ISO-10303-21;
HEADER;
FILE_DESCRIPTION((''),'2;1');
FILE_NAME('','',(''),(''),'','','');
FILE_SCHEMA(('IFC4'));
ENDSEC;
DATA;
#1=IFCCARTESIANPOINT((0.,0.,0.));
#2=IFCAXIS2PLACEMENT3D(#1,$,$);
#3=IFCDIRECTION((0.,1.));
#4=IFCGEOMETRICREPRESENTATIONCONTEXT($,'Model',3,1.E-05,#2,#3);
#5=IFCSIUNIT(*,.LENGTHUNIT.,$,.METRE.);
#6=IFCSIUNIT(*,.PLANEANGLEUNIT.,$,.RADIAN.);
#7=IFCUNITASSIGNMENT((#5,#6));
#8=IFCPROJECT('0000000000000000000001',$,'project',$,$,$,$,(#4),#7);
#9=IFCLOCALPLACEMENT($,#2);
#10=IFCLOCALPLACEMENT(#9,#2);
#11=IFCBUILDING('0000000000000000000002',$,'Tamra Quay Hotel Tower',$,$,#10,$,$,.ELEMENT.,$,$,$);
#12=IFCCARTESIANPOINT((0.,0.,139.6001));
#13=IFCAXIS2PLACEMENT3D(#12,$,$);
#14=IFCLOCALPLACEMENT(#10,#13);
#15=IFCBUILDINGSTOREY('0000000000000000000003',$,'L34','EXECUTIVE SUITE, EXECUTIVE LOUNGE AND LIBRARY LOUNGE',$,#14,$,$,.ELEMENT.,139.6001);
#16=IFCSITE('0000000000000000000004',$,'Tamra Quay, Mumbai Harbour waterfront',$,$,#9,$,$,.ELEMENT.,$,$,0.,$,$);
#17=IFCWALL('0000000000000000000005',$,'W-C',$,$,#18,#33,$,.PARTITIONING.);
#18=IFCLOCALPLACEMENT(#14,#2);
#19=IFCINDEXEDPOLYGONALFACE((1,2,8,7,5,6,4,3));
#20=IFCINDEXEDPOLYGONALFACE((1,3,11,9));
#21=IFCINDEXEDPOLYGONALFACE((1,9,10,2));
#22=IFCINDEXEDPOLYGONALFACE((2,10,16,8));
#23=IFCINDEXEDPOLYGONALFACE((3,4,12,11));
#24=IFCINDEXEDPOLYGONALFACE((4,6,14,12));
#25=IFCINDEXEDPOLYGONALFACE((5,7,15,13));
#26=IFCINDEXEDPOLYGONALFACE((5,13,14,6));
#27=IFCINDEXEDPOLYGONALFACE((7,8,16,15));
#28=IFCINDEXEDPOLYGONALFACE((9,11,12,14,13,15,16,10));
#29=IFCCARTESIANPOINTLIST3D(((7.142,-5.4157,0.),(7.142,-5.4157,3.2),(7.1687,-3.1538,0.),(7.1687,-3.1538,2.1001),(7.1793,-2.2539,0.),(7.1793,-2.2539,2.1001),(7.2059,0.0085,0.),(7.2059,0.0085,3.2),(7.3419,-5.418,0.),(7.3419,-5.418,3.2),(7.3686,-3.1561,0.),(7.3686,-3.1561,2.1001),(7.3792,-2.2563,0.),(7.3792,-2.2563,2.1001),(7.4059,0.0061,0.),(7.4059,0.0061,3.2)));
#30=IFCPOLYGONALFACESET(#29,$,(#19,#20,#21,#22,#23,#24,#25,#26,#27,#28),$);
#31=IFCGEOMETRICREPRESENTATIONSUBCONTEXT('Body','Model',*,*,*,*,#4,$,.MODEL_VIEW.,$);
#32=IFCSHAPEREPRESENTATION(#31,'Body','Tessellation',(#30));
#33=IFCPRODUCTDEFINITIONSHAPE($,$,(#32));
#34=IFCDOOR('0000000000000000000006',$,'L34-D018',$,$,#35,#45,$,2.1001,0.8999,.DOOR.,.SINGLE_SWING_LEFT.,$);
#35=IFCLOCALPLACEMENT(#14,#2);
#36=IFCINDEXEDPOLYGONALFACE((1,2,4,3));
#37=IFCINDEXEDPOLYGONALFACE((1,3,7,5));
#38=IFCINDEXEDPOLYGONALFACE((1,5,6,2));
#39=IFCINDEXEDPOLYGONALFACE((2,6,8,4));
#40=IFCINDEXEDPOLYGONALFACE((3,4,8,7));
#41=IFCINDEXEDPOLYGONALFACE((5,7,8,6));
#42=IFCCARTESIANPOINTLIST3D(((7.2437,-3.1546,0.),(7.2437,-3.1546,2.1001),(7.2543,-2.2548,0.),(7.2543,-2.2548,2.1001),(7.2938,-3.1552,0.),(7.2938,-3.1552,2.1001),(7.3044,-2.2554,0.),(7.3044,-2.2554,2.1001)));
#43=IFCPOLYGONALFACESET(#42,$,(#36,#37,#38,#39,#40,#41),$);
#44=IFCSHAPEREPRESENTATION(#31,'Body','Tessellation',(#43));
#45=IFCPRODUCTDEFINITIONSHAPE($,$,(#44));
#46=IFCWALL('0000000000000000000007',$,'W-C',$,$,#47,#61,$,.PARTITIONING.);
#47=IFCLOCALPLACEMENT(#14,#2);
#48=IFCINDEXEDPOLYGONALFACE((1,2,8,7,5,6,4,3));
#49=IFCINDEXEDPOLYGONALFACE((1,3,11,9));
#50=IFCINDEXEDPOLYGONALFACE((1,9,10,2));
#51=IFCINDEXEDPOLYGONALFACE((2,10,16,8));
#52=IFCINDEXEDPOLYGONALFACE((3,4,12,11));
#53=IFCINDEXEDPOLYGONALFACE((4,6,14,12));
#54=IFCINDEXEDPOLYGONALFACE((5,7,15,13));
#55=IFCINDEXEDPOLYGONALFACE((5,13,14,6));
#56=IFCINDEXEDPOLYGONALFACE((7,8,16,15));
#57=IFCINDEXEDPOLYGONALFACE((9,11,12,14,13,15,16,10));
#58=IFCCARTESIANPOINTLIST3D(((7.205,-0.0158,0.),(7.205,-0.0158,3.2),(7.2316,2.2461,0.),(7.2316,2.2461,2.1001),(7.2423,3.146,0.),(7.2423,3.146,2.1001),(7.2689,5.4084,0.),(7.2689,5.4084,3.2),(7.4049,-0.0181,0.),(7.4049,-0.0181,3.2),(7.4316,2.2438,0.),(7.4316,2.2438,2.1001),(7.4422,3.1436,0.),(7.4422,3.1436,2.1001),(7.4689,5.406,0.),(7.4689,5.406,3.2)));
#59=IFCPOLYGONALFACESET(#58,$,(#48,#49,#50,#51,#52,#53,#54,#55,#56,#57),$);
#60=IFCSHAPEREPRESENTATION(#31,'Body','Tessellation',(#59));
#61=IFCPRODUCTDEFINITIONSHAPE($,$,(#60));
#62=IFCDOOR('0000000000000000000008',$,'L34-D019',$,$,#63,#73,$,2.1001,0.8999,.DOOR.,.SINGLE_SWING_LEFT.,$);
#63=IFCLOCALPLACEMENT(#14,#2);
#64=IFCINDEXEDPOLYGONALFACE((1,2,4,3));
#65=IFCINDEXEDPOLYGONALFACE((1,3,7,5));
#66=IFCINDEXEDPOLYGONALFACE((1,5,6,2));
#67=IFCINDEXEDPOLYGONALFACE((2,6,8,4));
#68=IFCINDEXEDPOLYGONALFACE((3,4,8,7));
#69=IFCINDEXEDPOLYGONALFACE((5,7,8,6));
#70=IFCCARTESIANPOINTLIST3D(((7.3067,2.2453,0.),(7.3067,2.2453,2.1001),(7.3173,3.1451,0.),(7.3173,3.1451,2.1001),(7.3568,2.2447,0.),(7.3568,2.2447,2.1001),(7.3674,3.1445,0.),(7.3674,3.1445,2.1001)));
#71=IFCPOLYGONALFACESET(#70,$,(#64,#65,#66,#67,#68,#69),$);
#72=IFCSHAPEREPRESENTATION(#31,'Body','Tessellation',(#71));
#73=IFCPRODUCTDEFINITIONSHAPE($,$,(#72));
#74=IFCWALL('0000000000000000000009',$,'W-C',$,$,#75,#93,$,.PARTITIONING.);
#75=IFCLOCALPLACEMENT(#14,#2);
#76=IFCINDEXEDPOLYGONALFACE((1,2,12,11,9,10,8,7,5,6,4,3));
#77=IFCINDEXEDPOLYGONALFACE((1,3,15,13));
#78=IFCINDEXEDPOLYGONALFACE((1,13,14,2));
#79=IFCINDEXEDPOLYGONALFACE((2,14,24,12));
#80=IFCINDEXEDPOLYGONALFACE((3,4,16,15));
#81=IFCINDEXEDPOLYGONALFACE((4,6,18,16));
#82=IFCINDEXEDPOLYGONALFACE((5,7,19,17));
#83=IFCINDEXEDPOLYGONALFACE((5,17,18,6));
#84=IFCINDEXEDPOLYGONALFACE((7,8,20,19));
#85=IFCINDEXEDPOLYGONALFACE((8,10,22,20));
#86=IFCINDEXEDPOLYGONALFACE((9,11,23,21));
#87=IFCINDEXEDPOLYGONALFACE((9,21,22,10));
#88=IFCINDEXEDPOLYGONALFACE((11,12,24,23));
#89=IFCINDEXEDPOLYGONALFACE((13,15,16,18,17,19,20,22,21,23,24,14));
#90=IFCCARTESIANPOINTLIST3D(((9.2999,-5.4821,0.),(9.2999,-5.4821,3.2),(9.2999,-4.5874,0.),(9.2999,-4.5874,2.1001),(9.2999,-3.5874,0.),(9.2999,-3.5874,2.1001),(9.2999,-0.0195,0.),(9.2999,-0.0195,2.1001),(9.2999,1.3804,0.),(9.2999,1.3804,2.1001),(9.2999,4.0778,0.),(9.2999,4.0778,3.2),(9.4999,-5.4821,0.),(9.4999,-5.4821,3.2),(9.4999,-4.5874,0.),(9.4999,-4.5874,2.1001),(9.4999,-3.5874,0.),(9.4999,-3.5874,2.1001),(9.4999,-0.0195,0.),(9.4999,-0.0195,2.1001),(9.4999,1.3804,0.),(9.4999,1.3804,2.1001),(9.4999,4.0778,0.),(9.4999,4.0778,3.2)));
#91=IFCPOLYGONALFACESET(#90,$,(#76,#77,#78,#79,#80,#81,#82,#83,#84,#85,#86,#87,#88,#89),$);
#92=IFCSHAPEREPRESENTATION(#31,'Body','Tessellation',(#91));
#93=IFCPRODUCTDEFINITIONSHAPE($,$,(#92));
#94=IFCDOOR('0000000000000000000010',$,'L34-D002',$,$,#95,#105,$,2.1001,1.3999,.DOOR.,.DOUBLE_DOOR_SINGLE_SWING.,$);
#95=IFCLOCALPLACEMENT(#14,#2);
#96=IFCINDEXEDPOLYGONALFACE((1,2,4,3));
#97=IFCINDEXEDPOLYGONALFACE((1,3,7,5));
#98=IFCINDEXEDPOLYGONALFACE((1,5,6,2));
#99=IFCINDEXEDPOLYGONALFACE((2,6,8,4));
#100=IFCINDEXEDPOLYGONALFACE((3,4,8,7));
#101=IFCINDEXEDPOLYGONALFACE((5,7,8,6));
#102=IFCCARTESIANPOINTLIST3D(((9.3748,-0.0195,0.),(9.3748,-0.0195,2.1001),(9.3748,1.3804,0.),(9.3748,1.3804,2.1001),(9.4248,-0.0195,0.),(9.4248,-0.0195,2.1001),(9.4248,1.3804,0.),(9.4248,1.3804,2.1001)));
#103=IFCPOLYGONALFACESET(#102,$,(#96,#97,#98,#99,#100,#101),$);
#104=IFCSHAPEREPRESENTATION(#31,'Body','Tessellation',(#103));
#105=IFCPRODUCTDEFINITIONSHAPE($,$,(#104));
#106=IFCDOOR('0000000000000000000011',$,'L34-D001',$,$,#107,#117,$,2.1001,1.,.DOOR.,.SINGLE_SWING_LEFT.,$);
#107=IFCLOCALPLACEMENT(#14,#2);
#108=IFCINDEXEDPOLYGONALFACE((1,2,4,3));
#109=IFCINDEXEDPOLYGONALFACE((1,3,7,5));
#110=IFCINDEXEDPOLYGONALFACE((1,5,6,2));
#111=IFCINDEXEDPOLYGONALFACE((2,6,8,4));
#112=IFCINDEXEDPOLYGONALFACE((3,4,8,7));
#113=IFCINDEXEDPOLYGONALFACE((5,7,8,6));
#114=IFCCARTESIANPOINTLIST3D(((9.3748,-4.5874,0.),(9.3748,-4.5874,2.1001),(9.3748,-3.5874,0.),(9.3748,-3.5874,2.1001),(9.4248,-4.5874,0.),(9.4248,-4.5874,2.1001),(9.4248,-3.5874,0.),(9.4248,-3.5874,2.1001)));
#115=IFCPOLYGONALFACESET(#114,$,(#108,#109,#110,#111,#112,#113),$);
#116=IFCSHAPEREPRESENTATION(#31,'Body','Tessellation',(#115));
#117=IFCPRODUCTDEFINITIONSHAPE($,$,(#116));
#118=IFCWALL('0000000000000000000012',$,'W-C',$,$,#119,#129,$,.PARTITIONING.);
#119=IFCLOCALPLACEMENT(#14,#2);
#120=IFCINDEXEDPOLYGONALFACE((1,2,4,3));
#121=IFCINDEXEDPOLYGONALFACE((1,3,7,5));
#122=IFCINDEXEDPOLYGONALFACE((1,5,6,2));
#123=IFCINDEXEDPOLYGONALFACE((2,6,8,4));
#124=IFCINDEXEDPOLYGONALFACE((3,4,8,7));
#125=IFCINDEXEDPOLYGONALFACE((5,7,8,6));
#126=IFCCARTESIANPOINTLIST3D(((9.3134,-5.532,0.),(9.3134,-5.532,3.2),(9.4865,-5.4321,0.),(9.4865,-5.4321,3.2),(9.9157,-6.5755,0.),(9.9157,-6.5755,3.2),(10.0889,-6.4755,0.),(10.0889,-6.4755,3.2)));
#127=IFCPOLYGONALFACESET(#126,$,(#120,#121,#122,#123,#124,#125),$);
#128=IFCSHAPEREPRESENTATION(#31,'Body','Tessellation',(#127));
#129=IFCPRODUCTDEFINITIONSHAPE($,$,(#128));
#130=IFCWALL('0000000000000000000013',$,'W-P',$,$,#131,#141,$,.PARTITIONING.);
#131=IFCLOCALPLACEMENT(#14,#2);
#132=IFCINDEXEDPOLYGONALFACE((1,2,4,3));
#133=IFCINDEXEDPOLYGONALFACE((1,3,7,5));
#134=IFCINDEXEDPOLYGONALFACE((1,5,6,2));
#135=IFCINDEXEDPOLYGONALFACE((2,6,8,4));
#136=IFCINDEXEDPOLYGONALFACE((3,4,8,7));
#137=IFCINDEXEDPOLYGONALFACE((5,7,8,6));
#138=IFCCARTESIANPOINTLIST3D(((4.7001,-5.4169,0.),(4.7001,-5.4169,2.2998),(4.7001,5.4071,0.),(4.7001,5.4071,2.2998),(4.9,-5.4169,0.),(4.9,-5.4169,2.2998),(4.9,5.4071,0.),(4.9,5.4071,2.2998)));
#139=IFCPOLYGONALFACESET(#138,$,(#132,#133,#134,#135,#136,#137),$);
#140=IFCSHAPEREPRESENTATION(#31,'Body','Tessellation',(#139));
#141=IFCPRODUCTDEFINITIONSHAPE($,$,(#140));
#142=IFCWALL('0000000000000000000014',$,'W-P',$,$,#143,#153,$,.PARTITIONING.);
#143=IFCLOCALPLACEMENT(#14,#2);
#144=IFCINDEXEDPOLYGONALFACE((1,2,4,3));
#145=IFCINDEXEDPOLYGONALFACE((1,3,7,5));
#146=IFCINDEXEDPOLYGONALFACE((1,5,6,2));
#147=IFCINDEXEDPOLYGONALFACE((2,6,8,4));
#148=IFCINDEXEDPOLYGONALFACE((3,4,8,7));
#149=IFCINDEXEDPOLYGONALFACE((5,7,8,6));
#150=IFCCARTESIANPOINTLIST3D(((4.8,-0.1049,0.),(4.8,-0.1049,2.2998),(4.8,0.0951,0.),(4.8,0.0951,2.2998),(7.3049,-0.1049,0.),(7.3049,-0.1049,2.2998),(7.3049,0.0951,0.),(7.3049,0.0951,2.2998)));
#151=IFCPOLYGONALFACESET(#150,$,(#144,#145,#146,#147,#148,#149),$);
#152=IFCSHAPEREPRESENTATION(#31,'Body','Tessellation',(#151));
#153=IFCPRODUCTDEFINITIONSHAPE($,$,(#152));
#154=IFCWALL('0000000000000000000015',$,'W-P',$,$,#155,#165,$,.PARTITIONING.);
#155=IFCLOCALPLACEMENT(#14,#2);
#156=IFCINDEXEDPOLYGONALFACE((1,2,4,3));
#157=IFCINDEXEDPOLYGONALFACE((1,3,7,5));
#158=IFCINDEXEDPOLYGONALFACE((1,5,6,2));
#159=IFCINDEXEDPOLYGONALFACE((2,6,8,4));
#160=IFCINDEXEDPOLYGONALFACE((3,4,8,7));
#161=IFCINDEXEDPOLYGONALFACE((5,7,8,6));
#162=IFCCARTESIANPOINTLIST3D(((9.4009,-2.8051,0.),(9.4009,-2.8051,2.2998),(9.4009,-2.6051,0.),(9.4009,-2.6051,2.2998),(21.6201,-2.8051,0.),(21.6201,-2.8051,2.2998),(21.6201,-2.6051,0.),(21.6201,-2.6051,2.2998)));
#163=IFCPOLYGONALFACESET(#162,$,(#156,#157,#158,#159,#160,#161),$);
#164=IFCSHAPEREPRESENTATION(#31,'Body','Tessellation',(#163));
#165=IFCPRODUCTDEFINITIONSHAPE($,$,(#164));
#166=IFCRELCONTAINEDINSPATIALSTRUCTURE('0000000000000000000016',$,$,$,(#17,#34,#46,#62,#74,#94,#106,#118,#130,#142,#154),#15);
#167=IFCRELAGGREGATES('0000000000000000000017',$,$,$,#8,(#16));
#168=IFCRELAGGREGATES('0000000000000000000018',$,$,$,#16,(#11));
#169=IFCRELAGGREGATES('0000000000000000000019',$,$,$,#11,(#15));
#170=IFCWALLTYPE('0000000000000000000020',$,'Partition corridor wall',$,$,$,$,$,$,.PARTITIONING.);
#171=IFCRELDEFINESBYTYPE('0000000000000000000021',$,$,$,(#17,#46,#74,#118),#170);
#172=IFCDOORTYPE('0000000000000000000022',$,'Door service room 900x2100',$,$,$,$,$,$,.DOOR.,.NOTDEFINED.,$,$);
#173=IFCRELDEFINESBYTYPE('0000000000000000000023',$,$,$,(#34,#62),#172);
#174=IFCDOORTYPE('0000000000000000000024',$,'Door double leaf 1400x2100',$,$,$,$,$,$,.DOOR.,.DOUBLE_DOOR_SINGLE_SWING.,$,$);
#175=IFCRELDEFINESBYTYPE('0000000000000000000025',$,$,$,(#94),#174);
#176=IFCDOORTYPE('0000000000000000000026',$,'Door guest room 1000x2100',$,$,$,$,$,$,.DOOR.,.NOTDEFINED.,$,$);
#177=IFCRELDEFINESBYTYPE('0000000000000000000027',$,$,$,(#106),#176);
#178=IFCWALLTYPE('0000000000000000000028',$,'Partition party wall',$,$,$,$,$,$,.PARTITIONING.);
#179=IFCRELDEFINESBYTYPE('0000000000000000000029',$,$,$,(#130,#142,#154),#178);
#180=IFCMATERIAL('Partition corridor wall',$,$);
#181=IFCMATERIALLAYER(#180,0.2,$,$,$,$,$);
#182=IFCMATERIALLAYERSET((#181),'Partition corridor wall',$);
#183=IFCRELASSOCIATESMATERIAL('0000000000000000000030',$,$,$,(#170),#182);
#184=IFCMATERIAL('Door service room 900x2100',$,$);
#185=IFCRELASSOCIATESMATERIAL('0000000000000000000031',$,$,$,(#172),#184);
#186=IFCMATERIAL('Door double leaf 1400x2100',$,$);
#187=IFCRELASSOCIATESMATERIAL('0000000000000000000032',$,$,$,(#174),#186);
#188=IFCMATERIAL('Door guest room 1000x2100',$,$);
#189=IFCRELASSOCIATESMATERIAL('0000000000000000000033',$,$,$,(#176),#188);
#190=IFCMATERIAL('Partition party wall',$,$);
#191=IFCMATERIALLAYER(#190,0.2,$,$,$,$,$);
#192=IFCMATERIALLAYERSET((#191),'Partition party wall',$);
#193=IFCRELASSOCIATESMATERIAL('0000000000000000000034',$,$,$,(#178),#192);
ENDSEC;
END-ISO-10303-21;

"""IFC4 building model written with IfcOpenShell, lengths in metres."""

from ifc_helpers import new_model, si_unit, direction, frame, frame_2d, origin, place, context, subcontext, project, spatial, rectangle, extrude, material, layer, layer_set, type_object, element, fill, save


model = new_model("IFC4")

# Units and contexts
model_context = context("Model", 3, precision=1e-05, world=origin(), true_north=direction((0.0, 1.0)))
body_context = subcontext(model_context, "Body", "Model", "MODEL_VIEW")
ifc_project = project(units=[si_unit("LENGTHUNIT", "METRE"), si_unit("PLANEANGLEUNIT", "RADIAN")], contexts=[model_context])

# Site, building, storey
site_placement = place(None, origin())
site = spatial("IfcSite", under=ifc_project, at=site_placement, Name="Tamra Quay, Mumbai Harbour waterfront", CompositionType="ELEMENT", RefElevation=0.0)
building_placement = place(site_placement, origin())
building = spatial("IfcBuilding", under=site, at=building_placement, Name="Tamra Quay Hotel Tower", CompositionType="ELEMENT")
storey_placement = place(building_placement, frame((0.0, 0.0, 139.6001)))
storey = spatial("IfcBuildingStorey", under=building, at=storey_placement, Name="L34", Description="EXECUTIVE SUITE, EXECUTIVE LOUNGE AND LIBRARY LOUNGE", CompositionType="ELEMENT", Elevation=139.6001)

# Walls, openings, doors
ifc_material_1 = material(Name="Partition corridor wall")
ifc_layer_1 = layer(ifc_material_1, 0.2)
ifc_layer_set_1 = layer_set([ifc_layer_1], Name="Partition corridor wall")
wall_type_1 = type_object("IfcWallType", Name="Partition corridor wall", PredefinedType="PARTITIONING", material=ifc_layer_set_1)
wall_1_placement = place(storey_placement, frame((7.2419, -5.417, 0.0), z_axis=(0.0, 0.0, 1.0), x_axis=(0.011792, 0.99993, 0.0)))
wall_1 = element("IfcWall", 1, at=wall_1_placement, inside=storey, type_object=wall_type_1, Name="W-C", PredefinedType="PARTITIONING", context=body_context, shape_type="SweptSolid", body=[
    extrude(rectangle(XDim=5.4246, YDim=0.2, at=frame_2d((2.7124, 0.0))), origin(), (0.0, 0.0, 1.0), 3.2),
])
opening_1_placement = place(wall_1_placement, frame((2.2622, 0.0, 0.0)))
opening_1 = element("IfcOpeningElement", 2, at=opening_1_placement, cuts=wall_1, PredefinedType="OPENING", context=body_context, shape_type="SweptSolid", body=[
    extrude(rectangle(XDim=0.8999, YDim=2.1001, at=frame_2d((0.45, 1.05))), frame((0.0, 0.1099, 0.0), z_axis=(0.0, -1.0, 0.0), x_axis=(1.0, 0.0, 0.0)), (0.0, 0.0, 1.0), 0.22),
])
ifc_material_2 = material(Name="Door service room 900x2100")
door_type_1 = type_object("IfcDoorType", Name="Door service room 900x2100", OperationType="NOTDEFINED", PredefinedType="DOOR", material=ifc_material_2)
door_1_placement = place(opening_1_placement, origin())
door_1 = element("IfcDoor", 3, at=door_1_placement, inside=storey, type_object=door_type_1, Name="L34-D018", OperationType="SINGLE_SWING_LEFT", OverallHeight=2.1001, OverallWidth=0.8999, PredefinedType="DOOR", context=body_context, shape_type="SweptSolid", body=[
    extrude(rectangle(XDim=0.8999, YDim=2.1001, at=frame_2d((0.45, 1.05))), frame((0.0, 0.0249, 0.0), z_axis=(0.0, -1.0, 0.0), x_axis=(1.0, 0.0, 0.0)), (0.0, 0.0, 1.0), 0.05),
])
fill(opening_1, door_1)
wall_2_placement = place(storey_placement, frame((7.3049, -0.0171, 0.0), z_axis=(0.0, 0.0, 1.0), x_axis=(0.011792, 0.99993, 0.0)))
wall_2 = element("IfcWall", 4, at=wall_2_placement, inside=storey, type_object=wall_type_1, Name="W-C", PredefinedType="PARTITIONING", context=body_context, shape_type="SweptSolid", body=[
    extrude(rectangle(XDim=5.4246, YDim=0.2, at=frame_2d((2.7124, 0.0))), origin(), (0.0, 0.0, 1.0), 3.2),
])
opening_2_placement = place(wall_2_placement, frame((2.2622, 0.0, 0.0)))
opening_2 = element("IfcOpeningElement", 5, at=opening_2_placement, cuts=wall_2, PredefinedType="OPENING", context=body_context, shape_type="SweptSolid", body=[
    extrude(rectangle(XDim=0.8999, YDim=2.1001, at=frame_2d((0.45, 1.05))), frame((0.0, 0.1099, 0.0), z_axis=(0.0, -1.0, 0.0), x_axis=(1.0, 0.0, 0.0)), (0.0, 0.0, 1.0), 0.22),
])
door_2_placement = place(opening_2_placement, origin())
door_2 = element("IfcDoor", 6, at=door_2_placement, inside=storey, type_object=door_type_1, Name="L34-D019", OperationType="SINGLE_SWING_LEFT", OverallHeight=2.1001, OverallWidth=0.8999, PredefinedType="DOOR", context=body_context, shape_type="SweptSolid", body=[
    extrude(rectangle(XDim=0.8999, YDim=2.1001, at=frame_2d((0.45, 1.05))), frame((0.0, 0.0249, 0.0), z_axis=(0.0, -1.0, 0.0), x_axis=(1.0, 0.0, 0.0)), (0.0, 0.0, 1.0), 0.05),
])
fill(opening_2, door_2)

# Wall, openings, doors
wall_3_placement = place(storey_placement, frame((9.3999, -5.4819, 0.0), z_axis=(0.0, 0.0, 1.0), x_axis=(0.0, 1.0, 0.0)))
wall_3 = element("IfcWall", 7, at=wall_3_placement, inside=storey, type_object=wall_type_1, Name="W-C", PredefinedType="PARTITIONING", context=body_context, shape_type="SweptSolid", body=[
    extrude(rectangle(XDim=9.5598, YDim=0.2, at=frame_2d((4.7798, 0.0))), origin(), (0.0, 0.0, 1.0), 3.2),
])
opening_3_placement = place(wall_3_placement, frame((0.8945, 0.0, 0.0)))
opening_3 = element("IfcOpeningElement", 8, at=opening_3_placement, cuts=wall_3, PredefinedType="OPENING", context=body_context, shape_type="SweptSolid", body=[
    extrude(rectangle(XDim=1.0, YDim=2.1001, at=frame_2d((0.5, 1.05))), frame((0.0, 0.1099, 0.0), z_axis=(0.0, -1.0, 0.0), x_axis=(1.0, 0.0, 0.0)), (0.0, 0.0, 1.0), 0.22),
])
opening_4_placement = place(wall_3_placement, frame((5.4624, 0.0, 0.0)))
opening_4 = element("IfcOpeningElement", 9, at=opening_4_placement, cuts=wall_3, PredefinedType="OPENING", context=body_context, shape_type="SweptSolid", body=[
    extrude(rectangle(XDim=1.3999, YDim=2.1001, at=frame_2d((0.7, 1.05))), frame((0.0, 0.1099, 0.0), z_axis=(0.0, -1.0, 0.0), x_axis=(1.0, 0.0, 0.0)), (0.0, 0.0, 1.0), 0.22),
])
ifc_material_3 = material(Name="Door double leaf 1400x2100")
door_type_2 = type_object("IfcDoorType", Name="Door double leaf 1400x2100", OperationType="DOUBLE_DOOR_SINGLE_SWING", PredefinedType="DOOR", material=ifc_material_3)
door_3_placement = place(opening_4_placement, frame((1.3999, 0.0, 0.0), z_axis=(0.0, 0.0, 1.0), x_axis=(-1.0, 0.0, 0.0)))
door_3 = element("IfcDoor", 10, at=door_3_placement, inside=storey, type_object=door_type_2, Name="L34-D002", OperationType="DOUBLE_DOOR_SINGLE_SWING", OverallHeight=2.1001, OverallWidth=1.3999, PredefinedType="DOOR", context=body_context, shape_type="SweptSolid", body=[
    extrude(rectangle(XDim=1.3999, YDim=2.1001, at=frame_2d((0.7, 1.05))), frame((0.0, 0.0249, 0.0), z_axis=(0.0, -1.0, 0.0), x_axis=(1.0, 0.0, 0.0)), (0.0, 0.0, 1.0), 0.05),
])
fill(opening_4, door_3)
ifc_material_4 = material(Name="Door guest room 1000x2100")
door_type_3 = type_object("IfcDoorType", Name="Door guest room 1000x2100", OperationType="NOTDEFINED", PredefinedType="DOOR", material=ifc_material_4)
door_4_placement = place(opening_3_placement, frame((1.0, 0.0, 0.0), z_axis=(0.0, 0.0, 1.0), x_axis=(-1.0, 0.0, 0.0)))
door_4 = element("IfcDoor", 11, at=door_4_placement, inside=storey, type_object=door_type_3, Name="L34-D001", OperationType="SINGLE_SWING_LEFT", OverallHeight=2.1001, OverallWidth=1.0, PredefinedType="DOOR", context=body_context, shape_type="SweptSolid", body=[
    extrude(rectangle(XDim=1.0, YDim=2.1001, at=frame_2d((0.5, 1.05))), frame((0.0, 0.0249, 0.0), z_axis=(0.0, -1.0, 0.0), x_axis=(1.0, 0.0, 0.0)), (0.0, 0.0, 1.0), 0.05),
])
fill(opening_3, door_4)

# Walls
wall_4_placement = place(storey_placement, frame((9.3999, -5.4819, 0.0), z_axis=(0.0, 0.0, 1.0), x_axis=(0.49991, -0.866078, 0.0)))
element("IfcWall", 12, at=wall_4_placement, inside=storey, type_object=wall_type_1, Name="W-C", PredefinedType="PARTITIONING", context=body_context, shape_type="SweptSolid", body=[
    extrude(rectangle(XDim=1.2048, YDim=0.2, at=frame_2d((0.6025, 0.0))), origin(), (0.0, 0.0, 1.0), 3.2),
])
ifc_material_5 = material(Name="Partition party wall")
ifc_layer_2 = layer(ifc_material_5, 0.2)
ifc_layer_set_2 = layer_set([ifc_layer_2], Name="Partition party wall")
wall_type_2 = type_object("IfcWallType", Name="Partition party wall", PredefinedType="PARTITIONING", material=ifc_layer_set_2)
wall_5_placement = place(storey_placement, frame((4.8, -5.417, 0.0), z_axis=(0.0, 0.0, 1.0), x_axis=(0.0, 1.0, 0.0)))
element("IfcWall", 13, at=wall_5_placement, inside=storey, type_object=wall_type_2, Name="W-P", PredefinedType="PARTITIONING", context=body_context, shape_type="SweptSolid", body=[
    extrude(rectangle(XDim=10.824, YDim=0.2, at=frame_2d((5.4121, 0.0))), origin(), (0.0, 0.0, 1.0), 2.2998),
])
wall_6_placement = place(storey_placement, frame((4.8, -0.0049, 0.0), z_axis=(0.0, 0.0, 1.0), x_axis=(1.0, 0.0, 0.0)))
element("IfcWall", 14, at=wall_6_placement, inside=storey, type_object=wall_type_2, Name="W-P", PredefinedType="PARTITIONING", context=body_context, shape_type="SweptSolid", body=[
    extrude(rectangle(XDim=2.5049, YDim=0.2, at=frame_2d((1.2524, 0.0))), origin(), (0.0, 0.0, 1.0), 2.2998),
])
wall_7_placement = place(storey_placement, frame((9.4009, -2.7051, 0.0), z_axis=(0.0, 0.0, 1.0), x_axis=(1.0, 0.0, 0.0)))
element("IfcWall", 15, at=wall_7_placement, inside=storey, type_object=wall_type_2, Name="W-P", PredefinedType="PARTITIONING", context=body_context, shape_type="SweptSolid", body=[
    extrude(rectangle(XDim=12.2192, YDim=0.2, at=frame_2d((6.1096, 0.0))), origin(), (0.0, 0.0, 1.0), 2.2998),
])

save(model, "model.ifc")
